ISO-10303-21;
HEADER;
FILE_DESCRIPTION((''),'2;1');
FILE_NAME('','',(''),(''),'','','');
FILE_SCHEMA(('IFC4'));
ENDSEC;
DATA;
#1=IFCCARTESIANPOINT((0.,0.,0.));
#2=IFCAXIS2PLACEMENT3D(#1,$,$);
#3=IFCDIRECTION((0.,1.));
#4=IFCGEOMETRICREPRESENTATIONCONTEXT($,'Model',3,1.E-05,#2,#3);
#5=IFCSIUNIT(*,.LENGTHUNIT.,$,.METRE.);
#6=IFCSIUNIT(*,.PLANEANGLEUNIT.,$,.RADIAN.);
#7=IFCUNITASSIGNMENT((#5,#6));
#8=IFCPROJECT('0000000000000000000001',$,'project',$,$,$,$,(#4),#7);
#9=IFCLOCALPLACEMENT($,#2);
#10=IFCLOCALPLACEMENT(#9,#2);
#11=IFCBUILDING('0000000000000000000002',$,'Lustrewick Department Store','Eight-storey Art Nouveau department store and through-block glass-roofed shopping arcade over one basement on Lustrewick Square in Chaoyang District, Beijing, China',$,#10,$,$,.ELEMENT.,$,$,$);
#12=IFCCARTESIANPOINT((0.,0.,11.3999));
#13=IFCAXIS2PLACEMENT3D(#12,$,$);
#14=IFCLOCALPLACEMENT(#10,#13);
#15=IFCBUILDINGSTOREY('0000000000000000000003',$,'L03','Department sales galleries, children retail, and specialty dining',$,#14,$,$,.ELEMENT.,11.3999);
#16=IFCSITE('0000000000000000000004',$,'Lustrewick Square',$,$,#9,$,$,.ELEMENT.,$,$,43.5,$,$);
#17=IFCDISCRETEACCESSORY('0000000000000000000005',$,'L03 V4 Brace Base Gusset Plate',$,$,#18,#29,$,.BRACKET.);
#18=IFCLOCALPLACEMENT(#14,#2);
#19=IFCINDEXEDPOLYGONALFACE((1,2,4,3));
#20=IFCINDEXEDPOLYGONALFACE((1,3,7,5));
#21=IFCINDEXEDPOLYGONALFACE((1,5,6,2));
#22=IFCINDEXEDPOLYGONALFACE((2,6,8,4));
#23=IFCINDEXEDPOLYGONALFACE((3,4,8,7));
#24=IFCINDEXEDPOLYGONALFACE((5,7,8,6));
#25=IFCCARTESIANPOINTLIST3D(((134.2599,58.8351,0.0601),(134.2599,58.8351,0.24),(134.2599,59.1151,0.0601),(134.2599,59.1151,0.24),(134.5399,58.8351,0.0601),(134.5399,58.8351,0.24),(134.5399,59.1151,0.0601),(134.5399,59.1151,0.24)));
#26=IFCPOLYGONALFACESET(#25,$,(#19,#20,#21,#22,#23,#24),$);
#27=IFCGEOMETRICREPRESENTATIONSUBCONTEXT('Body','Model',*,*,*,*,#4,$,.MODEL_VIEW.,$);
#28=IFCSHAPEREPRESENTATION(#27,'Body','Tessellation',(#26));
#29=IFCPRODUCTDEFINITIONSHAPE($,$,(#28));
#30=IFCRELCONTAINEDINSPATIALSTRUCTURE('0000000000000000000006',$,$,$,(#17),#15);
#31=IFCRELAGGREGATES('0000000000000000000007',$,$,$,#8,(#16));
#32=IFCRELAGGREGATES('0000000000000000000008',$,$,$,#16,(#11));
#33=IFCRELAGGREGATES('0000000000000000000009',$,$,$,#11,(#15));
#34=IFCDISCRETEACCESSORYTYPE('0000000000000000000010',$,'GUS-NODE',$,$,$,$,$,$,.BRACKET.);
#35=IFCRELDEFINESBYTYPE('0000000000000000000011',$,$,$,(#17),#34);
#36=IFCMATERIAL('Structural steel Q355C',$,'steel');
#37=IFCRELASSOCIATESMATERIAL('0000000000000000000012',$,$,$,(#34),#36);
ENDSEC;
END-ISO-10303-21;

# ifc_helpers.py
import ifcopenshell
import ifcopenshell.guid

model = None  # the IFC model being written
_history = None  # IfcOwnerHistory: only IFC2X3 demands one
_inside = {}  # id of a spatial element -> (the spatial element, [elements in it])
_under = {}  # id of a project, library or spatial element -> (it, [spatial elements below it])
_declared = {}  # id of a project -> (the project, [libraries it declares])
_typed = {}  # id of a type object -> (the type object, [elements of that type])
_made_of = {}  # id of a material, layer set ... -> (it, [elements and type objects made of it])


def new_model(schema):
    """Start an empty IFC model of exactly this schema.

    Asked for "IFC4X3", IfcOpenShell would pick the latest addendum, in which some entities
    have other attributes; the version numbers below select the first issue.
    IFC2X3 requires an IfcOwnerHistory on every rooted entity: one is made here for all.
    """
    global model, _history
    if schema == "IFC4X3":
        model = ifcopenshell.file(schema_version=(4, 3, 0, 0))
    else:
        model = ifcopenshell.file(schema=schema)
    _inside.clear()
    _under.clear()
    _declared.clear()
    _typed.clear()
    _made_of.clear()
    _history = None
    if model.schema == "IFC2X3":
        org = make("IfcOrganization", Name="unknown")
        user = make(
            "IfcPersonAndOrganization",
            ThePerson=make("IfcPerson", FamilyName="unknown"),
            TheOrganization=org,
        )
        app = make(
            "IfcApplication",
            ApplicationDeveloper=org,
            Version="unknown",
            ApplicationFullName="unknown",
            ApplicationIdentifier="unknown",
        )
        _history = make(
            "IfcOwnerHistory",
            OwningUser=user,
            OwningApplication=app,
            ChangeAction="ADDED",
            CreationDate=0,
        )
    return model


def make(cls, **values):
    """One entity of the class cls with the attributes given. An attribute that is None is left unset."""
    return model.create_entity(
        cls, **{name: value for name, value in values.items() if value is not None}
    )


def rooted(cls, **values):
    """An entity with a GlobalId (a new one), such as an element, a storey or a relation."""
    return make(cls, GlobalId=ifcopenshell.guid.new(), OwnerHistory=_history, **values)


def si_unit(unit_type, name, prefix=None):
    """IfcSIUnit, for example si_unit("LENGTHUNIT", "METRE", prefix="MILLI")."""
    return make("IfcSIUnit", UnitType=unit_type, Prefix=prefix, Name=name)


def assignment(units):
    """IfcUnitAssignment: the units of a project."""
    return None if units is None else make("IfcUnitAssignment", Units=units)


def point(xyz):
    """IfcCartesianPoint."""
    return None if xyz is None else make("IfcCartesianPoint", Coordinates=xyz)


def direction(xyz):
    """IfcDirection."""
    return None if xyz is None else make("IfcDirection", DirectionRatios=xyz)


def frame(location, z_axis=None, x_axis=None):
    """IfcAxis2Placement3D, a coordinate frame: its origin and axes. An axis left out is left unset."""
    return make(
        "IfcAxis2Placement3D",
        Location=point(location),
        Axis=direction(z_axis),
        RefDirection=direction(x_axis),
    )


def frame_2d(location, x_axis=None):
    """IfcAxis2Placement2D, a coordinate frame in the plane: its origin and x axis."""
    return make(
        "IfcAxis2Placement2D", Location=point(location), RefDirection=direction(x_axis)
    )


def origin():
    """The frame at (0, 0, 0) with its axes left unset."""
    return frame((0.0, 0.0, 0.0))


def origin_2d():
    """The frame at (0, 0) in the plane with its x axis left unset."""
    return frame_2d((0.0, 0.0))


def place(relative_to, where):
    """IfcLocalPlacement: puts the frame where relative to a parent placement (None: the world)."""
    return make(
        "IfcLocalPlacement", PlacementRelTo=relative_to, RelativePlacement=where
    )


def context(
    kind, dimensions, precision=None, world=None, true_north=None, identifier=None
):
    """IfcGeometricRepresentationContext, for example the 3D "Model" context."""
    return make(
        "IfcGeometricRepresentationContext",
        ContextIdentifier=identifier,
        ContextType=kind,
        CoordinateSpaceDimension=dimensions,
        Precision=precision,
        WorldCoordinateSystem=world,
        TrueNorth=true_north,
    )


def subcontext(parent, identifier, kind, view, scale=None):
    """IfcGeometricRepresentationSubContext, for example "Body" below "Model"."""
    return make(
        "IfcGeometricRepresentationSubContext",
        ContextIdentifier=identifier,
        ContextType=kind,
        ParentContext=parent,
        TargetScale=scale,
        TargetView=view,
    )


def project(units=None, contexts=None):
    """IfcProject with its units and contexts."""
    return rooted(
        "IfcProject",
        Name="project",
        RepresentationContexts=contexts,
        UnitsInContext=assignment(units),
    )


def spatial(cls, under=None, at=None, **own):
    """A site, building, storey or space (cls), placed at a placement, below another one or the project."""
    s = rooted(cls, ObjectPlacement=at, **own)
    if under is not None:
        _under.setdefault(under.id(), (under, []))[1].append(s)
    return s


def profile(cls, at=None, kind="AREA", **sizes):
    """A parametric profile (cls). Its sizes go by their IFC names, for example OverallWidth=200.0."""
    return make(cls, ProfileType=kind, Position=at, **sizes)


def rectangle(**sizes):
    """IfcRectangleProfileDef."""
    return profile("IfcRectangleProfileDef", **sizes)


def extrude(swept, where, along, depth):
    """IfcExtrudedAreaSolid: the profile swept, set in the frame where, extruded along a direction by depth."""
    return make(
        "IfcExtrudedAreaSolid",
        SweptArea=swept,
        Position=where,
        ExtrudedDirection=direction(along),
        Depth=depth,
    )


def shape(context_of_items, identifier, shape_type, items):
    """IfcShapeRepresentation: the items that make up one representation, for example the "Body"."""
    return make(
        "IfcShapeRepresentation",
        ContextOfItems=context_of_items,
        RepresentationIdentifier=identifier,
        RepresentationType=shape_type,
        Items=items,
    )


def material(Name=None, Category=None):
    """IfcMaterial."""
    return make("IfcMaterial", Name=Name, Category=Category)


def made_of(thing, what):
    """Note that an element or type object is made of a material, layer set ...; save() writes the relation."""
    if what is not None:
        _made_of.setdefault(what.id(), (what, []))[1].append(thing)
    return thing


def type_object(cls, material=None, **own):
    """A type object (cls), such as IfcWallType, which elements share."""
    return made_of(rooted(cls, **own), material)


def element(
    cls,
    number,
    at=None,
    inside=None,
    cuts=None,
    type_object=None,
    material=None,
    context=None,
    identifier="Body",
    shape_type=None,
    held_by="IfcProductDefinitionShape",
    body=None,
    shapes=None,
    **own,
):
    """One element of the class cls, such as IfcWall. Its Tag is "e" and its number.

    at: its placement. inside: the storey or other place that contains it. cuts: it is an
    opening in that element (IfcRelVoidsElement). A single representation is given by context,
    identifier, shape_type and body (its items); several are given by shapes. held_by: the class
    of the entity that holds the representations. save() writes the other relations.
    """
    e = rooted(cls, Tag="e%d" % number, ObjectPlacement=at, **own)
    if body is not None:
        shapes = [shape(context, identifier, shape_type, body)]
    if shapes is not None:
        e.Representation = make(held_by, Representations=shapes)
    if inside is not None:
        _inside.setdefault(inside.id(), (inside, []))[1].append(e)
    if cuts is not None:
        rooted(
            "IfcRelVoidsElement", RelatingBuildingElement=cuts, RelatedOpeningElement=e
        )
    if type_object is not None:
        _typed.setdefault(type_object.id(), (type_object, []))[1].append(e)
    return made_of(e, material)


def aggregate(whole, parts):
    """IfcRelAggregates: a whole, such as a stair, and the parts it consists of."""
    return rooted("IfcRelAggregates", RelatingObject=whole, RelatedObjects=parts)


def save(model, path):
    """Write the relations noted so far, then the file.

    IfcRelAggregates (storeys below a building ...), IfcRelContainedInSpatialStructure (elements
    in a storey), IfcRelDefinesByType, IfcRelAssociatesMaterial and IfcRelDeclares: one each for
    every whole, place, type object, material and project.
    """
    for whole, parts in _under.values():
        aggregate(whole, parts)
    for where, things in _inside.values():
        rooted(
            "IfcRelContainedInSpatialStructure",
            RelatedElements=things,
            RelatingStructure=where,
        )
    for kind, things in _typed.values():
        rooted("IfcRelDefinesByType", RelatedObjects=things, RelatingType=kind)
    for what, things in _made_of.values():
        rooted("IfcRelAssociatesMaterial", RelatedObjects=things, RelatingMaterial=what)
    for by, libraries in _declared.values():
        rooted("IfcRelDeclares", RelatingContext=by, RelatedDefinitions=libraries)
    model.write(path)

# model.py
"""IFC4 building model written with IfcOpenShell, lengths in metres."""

from ifc_helpers import new_model, si_unit, direction, frame, origin, origin_2d, place, context, subcontext, project, spatial, rectangle, extrude, material, type_object, element, save


model = new_model("IFC4")

# Units and contexts
model_context = context("Model", 3, precision=1e-05, world=origin(), true_north=direction((0.0, 1.0)))
body_context = subcontext(model_context, "Body", "Model", "MODEL_VIEW")
ifc_project = project(units=[si_unit("LENGTHUNIT", "METRE"), si_unit("PLANEANGLEUNIT", "RADIAN")], contexts=[model_context])

# Site, building, storey
site_placement = place(None, origin())
site = spatial("IfcSite", under=ifc_project, at=site_placement, Name="Lustrewick Square", CompositionType="ELEMENT", RefElevation=43.5)
building_placement = place(site_placement, origin())
building = spatial("IfcBuilding", under=site, at=building_placement, Name="Lustrewick Department Store", Description="Eight-storey Art Nouveau department store and through-block glass-roofed shopping arcade over one basement on Lustrewick Square in Chaoyang District, Beijing, China", CompositionType="ELEMENT")
storey_placement = place(building_placement, frame((0.0, 0.0, 11.3999)))
storey = spatial("IfcBuildingStorey", under=building, at=storey_placement, Name="L03", Description="Department sales galleries, children retail, and specialty dining", CompositionType="ELEMENT", Elevation=11.3999)

# Shared definitions
ifc_material_1 = material(Name="Structural steel Q355C", Category="steel")

# Discrete accessory
discrete_accessory_type = type_object("IfcDiscreteAccessoryType", Name="GUS-NODE", PredefinedType="BRACKET", material=ifc_material_1)
discrete_accessory_placement = place(storey_placement, frame((134.3999, 58.9751, 0.0601), z_axis=(0.0, 0.0, 1.0), x_axis=(1.0, 0.0, 0.0)))
element("IfcDiscreteAccessory", 1, at=discrete_accessory_placement, inside=storey, type_object=discrete_accessory_type, Name="L03 V4 Brace Base Gusset Plate", PredefinedType="BRACKET", context=body_context, shape_type="SweptSolid", body=[
    extrude(rectangle(XDim=0.28, YDim=0.28, at=origin_2d()), origin(), (0.0, 0.0, 1.0), 0.1799),
])

save(model, "model.ifc")
